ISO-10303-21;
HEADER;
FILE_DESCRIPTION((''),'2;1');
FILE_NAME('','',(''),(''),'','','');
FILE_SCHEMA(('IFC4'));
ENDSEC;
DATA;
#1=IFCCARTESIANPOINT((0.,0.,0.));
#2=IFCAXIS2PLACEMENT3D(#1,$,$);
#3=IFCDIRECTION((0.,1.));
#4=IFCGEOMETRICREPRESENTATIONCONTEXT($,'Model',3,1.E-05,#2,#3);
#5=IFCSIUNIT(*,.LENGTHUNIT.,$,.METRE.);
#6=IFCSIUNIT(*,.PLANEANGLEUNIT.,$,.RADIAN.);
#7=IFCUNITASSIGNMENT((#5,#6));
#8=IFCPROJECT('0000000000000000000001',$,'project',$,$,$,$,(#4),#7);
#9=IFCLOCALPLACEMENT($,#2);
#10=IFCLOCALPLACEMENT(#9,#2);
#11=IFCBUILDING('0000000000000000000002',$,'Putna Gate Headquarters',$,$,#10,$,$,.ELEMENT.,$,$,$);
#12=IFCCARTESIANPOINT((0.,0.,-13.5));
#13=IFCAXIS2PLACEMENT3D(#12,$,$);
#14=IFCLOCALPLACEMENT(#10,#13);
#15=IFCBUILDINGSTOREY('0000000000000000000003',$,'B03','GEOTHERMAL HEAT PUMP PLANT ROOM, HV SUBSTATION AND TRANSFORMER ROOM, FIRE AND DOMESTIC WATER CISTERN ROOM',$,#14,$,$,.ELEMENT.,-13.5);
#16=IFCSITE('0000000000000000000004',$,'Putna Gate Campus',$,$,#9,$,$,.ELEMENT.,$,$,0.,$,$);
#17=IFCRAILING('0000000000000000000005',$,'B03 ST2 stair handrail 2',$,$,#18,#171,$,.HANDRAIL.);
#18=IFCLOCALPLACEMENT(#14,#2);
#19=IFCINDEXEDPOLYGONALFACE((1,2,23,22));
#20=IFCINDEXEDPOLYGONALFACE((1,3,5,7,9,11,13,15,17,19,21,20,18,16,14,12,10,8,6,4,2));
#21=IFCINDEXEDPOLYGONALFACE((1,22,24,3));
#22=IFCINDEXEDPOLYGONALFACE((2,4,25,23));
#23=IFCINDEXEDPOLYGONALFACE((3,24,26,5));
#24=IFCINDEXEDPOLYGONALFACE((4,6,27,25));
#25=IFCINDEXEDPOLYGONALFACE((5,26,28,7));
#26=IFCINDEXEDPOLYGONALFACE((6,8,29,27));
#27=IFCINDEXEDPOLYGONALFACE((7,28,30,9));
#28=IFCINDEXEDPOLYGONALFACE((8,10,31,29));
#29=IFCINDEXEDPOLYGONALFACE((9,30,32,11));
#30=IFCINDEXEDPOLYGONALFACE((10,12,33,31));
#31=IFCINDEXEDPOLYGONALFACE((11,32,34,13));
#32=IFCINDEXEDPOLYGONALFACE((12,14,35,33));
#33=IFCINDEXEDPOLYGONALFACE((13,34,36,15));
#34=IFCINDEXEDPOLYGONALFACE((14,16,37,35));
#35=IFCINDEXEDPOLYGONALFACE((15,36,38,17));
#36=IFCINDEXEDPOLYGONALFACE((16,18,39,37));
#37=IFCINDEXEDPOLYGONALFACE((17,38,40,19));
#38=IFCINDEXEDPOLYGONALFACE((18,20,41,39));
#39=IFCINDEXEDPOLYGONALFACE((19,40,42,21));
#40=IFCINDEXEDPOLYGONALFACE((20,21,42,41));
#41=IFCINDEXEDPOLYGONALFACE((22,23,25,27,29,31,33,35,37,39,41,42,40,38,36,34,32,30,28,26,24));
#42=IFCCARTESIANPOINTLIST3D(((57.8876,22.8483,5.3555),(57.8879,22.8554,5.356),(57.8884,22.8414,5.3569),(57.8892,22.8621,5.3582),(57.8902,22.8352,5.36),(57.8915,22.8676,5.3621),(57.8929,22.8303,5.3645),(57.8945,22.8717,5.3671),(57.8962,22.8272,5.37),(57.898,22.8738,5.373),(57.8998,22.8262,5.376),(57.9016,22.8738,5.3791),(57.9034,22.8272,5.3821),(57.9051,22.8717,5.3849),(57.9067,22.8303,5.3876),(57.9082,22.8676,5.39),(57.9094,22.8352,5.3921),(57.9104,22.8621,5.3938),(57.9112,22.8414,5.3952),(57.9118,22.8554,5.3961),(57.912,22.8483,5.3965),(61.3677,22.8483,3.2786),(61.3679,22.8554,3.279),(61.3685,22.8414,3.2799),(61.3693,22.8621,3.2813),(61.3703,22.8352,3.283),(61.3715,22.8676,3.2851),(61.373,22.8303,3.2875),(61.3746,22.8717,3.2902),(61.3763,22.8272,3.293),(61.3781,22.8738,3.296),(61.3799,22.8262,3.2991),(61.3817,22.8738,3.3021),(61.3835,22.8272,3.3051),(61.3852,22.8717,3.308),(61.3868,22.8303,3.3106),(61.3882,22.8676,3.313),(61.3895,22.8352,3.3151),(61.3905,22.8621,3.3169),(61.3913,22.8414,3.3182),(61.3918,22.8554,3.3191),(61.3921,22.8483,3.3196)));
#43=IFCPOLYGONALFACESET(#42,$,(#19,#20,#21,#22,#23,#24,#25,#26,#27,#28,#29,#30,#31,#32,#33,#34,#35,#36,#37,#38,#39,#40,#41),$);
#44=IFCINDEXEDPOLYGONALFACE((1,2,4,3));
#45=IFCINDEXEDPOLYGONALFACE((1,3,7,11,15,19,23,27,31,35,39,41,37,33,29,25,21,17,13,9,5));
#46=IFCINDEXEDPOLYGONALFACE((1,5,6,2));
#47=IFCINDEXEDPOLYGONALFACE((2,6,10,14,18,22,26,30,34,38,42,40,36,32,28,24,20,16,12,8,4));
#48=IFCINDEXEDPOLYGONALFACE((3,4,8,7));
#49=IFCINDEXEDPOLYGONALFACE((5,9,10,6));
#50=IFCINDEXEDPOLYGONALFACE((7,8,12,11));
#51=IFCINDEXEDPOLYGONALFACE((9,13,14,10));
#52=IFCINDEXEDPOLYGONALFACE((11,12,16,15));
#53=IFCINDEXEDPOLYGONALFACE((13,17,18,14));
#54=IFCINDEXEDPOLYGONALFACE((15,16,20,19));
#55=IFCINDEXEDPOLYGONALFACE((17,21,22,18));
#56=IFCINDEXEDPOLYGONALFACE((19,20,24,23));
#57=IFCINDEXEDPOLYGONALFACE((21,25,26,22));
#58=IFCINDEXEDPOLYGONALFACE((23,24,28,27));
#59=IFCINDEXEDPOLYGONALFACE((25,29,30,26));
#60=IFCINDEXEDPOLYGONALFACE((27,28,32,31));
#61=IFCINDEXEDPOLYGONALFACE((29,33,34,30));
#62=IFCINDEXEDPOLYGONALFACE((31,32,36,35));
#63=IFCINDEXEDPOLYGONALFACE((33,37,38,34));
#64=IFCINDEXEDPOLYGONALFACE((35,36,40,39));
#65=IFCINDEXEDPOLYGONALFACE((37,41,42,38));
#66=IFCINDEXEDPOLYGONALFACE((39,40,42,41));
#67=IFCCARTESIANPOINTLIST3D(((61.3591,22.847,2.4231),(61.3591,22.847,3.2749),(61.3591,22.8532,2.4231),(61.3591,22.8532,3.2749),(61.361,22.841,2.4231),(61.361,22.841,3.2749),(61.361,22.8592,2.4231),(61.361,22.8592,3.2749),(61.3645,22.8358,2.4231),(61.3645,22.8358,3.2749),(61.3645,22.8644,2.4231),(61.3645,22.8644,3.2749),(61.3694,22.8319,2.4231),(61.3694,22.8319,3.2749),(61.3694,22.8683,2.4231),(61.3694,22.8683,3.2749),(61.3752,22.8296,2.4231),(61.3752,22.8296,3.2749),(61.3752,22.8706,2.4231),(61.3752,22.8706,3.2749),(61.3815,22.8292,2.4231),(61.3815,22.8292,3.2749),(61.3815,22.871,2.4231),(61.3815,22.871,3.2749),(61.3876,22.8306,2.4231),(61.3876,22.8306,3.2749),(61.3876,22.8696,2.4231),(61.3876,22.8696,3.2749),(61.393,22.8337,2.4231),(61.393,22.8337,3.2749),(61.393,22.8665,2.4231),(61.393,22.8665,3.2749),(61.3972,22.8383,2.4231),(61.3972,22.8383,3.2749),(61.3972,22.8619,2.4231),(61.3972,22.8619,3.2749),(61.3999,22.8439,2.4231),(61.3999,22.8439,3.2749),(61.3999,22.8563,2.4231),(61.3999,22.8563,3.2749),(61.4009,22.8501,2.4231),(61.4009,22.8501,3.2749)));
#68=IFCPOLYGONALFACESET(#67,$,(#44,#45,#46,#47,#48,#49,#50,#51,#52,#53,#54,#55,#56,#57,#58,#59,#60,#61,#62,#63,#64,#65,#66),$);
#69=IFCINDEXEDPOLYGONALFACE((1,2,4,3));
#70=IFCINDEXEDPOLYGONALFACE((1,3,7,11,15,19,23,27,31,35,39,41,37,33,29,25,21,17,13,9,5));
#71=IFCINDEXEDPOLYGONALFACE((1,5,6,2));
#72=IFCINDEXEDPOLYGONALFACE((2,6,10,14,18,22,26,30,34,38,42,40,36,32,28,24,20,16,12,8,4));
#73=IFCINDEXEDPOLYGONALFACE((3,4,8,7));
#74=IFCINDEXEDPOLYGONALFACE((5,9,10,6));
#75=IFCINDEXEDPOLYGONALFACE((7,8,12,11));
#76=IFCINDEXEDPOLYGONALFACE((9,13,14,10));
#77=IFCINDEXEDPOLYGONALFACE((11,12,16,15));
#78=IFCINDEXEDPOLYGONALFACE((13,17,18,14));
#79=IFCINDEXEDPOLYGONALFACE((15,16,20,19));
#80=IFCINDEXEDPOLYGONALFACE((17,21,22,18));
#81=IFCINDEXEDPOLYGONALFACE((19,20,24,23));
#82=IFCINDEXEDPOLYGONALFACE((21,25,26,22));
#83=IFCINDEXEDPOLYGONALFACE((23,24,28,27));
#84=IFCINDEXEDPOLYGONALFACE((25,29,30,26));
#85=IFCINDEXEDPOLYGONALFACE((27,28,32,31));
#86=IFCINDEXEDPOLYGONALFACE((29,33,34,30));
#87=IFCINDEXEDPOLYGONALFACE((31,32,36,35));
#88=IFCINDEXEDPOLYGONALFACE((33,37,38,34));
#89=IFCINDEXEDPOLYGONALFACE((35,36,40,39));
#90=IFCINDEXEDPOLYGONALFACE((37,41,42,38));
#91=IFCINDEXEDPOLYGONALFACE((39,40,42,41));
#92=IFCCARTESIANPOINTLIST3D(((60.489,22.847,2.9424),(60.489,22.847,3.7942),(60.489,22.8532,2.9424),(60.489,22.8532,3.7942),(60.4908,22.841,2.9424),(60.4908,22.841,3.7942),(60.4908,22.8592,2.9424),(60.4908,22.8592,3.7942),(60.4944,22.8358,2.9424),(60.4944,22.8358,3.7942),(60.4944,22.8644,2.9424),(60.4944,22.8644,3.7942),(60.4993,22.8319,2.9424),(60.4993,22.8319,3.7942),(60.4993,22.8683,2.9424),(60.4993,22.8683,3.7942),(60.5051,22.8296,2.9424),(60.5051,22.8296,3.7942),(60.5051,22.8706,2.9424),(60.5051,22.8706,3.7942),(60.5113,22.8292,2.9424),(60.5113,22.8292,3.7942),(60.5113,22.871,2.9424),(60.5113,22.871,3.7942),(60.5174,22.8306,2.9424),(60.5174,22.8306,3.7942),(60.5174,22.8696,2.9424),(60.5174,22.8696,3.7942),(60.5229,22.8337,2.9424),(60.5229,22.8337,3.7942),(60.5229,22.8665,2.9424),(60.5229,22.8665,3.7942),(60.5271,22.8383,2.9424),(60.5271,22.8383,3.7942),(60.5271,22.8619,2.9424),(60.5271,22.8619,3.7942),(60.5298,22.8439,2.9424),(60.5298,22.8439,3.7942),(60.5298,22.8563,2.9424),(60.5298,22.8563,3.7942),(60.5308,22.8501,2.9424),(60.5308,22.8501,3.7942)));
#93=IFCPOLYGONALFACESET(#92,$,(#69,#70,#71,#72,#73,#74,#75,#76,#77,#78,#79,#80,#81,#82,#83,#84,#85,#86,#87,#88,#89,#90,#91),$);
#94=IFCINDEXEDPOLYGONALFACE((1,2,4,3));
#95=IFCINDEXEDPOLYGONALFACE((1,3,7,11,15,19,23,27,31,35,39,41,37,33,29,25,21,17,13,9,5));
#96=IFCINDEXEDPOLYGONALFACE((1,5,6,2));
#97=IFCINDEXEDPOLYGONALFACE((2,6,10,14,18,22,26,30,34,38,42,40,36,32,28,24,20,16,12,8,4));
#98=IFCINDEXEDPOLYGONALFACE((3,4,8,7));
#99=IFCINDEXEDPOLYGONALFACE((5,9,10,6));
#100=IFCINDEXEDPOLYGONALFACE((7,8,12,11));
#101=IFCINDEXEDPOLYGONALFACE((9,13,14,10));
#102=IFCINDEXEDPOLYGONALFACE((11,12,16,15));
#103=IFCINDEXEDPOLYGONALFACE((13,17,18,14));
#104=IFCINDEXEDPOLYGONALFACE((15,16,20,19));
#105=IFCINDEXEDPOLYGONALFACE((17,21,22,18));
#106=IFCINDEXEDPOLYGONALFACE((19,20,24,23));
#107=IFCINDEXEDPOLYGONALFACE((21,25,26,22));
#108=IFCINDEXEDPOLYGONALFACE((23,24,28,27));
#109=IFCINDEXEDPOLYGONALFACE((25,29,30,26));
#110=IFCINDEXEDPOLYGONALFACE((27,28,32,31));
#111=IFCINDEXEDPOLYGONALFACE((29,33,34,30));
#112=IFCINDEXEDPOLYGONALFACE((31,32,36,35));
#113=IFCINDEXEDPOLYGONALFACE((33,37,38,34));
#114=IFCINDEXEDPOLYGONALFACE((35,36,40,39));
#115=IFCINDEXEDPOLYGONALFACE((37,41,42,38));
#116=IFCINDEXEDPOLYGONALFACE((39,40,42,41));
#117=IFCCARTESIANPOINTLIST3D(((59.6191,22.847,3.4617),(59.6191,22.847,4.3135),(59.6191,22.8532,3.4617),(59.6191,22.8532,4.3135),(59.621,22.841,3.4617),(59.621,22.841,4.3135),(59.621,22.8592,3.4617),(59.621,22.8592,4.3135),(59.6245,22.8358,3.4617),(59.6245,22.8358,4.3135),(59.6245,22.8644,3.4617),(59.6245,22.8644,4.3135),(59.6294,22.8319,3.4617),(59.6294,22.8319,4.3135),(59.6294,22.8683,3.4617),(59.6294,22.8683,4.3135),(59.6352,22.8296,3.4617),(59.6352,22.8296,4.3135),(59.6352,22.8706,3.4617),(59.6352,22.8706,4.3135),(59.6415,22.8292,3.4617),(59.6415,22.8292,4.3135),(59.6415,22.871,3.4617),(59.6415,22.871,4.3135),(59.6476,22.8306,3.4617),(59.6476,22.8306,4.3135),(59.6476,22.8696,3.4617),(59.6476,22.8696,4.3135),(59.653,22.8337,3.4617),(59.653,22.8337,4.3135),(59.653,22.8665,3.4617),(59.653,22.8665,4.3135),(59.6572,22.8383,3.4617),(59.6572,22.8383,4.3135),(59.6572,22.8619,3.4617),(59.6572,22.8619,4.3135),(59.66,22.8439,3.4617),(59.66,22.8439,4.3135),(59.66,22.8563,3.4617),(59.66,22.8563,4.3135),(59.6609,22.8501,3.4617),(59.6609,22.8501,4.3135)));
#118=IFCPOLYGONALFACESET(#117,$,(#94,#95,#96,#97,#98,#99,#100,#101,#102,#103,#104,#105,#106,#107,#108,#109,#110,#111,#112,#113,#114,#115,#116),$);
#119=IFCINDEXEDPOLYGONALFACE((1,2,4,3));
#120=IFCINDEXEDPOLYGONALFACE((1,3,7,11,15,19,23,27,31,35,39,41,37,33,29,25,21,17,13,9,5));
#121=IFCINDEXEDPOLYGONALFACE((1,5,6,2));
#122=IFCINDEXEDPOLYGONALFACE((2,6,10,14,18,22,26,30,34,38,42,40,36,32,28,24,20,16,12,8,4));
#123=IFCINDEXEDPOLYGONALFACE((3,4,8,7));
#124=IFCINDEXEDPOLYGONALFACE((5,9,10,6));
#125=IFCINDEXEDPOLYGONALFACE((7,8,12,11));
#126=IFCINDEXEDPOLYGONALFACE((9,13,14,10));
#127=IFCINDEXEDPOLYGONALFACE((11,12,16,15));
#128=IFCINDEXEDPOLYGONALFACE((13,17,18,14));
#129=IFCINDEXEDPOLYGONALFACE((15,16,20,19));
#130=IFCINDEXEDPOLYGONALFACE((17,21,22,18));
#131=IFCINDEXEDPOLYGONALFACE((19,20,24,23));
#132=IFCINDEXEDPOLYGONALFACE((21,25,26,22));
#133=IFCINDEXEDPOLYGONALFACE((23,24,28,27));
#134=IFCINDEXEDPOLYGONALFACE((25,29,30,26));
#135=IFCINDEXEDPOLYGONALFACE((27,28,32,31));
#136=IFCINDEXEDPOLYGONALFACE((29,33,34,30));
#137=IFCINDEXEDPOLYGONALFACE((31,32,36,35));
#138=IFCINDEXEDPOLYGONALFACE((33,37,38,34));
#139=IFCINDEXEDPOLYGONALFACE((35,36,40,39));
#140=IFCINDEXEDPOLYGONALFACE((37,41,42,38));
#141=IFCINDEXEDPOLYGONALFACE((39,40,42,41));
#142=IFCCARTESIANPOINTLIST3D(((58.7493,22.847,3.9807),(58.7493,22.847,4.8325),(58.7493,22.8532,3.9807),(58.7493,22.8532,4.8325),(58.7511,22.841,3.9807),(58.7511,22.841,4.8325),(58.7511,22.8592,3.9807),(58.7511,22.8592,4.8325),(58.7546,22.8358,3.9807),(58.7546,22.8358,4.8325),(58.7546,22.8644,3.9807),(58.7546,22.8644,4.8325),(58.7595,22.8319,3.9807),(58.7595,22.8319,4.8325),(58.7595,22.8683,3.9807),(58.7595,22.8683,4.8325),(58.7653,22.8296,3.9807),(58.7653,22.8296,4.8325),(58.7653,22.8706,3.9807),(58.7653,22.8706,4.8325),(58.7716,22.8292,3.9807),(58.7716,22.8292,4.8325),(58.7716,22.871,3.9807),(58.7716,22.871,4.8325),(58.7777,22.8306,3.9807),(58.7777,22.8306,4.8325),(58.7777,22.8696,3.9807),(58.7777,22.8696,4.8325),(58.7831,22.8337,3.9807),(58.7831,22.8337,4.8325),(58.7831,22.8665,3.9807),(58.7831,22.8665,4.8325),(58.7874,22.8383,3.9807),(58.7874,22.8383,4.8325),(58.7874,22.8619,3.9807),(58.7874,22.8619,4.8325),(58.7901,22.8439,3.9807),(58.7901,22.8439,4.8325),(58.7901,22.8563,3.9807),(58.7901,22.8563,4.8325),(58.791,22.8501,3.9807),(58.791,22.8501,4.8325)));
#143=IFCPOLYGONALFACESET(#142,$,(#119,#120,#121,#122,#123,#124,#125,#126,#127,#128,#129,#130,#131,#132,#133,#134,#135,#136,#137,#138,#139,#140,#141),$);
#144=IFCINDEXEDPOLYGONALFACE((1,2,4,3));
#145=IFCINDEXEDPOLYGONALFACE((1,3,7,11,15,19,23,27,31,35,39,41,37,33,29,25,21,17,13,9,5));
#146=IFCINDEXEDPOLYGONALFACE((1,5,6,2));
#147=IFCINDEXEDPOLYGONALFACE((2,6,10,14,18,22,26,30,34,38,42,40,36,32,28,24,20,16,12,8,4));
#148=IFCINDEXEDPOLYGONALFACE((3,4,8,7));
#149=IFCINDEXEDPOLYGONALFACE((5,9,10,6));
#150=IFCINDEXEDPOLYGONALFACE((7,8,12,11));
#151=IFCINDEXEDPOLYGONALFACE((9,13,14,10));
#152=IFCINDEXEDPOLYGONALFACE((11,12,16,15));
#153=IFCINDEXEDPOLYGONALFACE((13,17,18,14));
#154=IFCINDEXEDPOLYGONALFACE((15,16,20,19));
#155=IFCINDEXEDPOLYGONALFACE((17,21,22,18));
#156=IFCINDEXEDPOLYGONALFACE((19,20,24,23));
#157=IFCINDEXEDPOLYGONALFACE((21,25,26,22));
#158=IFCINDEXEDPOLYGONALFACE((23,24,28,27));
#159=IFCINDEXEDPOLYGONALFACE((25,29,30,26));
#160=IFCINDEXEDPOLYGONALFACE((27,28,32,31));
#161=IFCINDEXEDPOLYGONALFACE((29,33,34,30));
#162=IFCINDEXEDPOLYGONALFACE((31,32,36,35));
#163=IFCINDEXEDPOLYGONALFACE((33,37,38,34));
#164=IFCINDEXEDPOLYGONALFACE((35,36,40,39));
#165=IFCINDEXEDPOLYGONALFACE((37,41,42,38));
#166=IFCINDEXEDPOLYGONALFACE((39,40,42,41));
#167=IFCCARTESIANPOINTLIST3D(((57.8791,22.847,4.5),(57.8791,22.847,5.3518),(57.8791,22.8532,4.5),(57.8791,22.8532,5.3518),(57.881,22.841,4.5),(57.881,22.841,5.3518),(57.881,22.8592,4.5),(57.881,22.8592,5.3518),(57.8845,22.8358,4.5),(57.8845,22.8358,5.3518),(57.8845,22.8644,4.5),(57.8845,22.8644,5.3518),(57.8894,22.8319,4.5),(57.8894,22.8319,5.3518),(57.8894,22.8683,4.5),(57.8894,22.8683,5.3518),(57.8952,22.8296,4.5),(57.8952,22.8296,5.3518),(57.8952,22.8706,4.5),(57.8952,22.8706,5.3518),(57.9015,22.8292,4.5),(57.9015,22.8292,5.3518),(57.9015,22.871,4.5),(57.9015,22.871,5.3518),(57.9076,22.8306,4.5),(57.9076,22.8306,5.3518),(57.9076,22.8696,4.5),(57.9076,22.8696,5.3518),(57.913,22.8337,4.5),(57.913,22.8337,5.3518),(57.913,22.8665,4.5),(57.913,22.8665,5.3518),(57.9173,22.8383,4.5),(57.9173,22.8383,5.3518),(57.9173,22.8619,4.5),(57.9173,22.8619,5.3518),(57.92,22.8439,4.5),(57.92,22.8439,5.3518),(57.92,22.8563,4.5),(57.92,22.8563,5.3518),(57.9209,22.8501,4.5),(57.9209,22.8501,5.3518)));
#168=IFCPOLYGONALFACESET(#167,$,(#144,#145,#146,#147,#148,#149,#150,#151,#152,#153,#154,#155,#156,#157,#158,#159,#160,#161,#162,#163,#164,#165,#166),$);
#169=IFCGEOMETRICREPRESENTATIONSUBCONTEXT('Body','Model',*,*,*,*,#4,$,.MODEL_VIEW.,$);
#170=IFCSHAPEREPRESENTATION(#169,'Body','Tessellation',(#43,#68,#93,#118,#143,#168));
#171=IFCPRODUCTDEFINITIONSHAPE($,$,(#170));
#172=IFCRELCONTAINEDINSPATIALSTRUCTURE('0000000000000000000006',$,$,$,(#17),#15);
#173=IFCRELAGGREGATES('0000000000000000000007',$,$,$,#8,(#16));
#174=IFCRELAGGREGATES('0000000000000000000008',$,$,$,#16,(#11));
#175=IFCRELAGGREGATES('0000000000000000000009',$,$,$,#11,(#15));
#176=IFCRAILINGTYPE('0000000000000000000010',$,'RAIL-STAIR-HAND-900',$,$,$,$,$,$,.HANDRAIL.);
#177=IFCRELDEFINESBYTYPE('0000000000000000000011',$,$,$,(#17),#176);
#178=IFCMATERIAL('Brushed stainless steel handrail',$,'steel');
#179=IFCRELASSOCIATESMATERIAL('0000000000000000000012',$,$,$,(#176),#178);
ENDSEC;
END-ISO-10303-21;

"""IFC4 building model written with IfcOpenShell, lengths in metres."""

from ifc_helpers import new_model, si_unit, direction, frame, origin, origin_2d, place, context, subcontext, project, spatial, circle, extrude, material, type_object, element, save


model = new_model("IFC4")

# Units and contexts
model_context = context("Model", 3, precision=1e-05, world=origin(), true_north=direction((0.0, 1.0)))
body_context = subcontext(model_context, "Body", "Model", "MODEL_VIEW")
ifc_project = project(units=[si_unit("LENGTHUNIT", "METRE"), si_unit("PLANEANGLEUNIT", "RADIAN")], contexts=[model_context])

# Site, building, storey
site_placement = place(None, origin())
site = spatial("IfcSite", under=ifc_project, at=site_placement, Name="Putna Gate Campus", CompositionType="ELEMENT", RefElevation=0.0)
building_placement = place(site_placement, origin())
building = spatial("IfcBuilding", under=site, at=building_placement, Name="Putna Gate Headquarters", CompositionType="ELEMENT")
storey_placement = place(building_placement, frame((0.0, 0.0, -13.5)))
storey = spatial("IfcBuildingStorey", under=building, at=storey_placement, Name="B03", Description="GEOTHERMAL HEAT PUMP PLANT ROOM, HV SUBSTATION AND TRANSFORMER ROOM, FIRE AND DOMESTIC WATER CISTERN ROOM", CompositionType="ELEMENT", Elevation=-13.5)

# Railing
ifc_material_1 = material(Name="Brushed stainless steel handrail", Category="steel")
railing_type_1 = type_object("IfcRailingType", Name="RAIL-STAIR-HAND-900", PredefinedType="HANDRAIL", material=ifc_material_1)
railing_1_placement = place(storey_placement, frame((61.3799, 22.8501, 2.4231)))
element("IfcRailing", 1, at=railing_1_placement, inside=storey, type_object=railing_type_1, Name="B03 ST2 stair handrail 2", PredefinedType="HANDRAIL", context=body_context, shape_type="SweptSolid", body=[
    extrude(circle(Radius=0.0239, at=origin_2d()), frame((0.0, 0.0, 0.876), z_axis=(-0.858697, 0.0, 0.512483), x_axis=(0.0, -1.0, 0.0)), (0.0, 0.0, 1.0), 4.0527),
    extrude(circle(Radius=0.021, at=origin_2d()), origin(), (0.0, 0.0, 1.0), 0.8518),
    extrude(circle(Radius=0.021, at=origin_2d()), frame((-0.8701, 0.0, 0.5193)), (0.0, 0.0, 1.0), 0.8518),
    extrude(circle(Radius=0.021, at=origin_2d()), frame((-1.74, 0.0, 1.0386)), (0.0, 0.0, 1.0), 0.8518),
    extrude(circle(Radius=0.021, at=origin_2d()), frame((-2.6099, 0.0, 1.5576)), (0.0, 0.0, 1.0), 0.8518),
    extrude(circle(Radius=0.021, at=origin_2d()), frame((-3.48, 0.0, 2.0769)), (0.0, 0.0, 1.0), 0.8518),
])

save(model, "model.ifc")
